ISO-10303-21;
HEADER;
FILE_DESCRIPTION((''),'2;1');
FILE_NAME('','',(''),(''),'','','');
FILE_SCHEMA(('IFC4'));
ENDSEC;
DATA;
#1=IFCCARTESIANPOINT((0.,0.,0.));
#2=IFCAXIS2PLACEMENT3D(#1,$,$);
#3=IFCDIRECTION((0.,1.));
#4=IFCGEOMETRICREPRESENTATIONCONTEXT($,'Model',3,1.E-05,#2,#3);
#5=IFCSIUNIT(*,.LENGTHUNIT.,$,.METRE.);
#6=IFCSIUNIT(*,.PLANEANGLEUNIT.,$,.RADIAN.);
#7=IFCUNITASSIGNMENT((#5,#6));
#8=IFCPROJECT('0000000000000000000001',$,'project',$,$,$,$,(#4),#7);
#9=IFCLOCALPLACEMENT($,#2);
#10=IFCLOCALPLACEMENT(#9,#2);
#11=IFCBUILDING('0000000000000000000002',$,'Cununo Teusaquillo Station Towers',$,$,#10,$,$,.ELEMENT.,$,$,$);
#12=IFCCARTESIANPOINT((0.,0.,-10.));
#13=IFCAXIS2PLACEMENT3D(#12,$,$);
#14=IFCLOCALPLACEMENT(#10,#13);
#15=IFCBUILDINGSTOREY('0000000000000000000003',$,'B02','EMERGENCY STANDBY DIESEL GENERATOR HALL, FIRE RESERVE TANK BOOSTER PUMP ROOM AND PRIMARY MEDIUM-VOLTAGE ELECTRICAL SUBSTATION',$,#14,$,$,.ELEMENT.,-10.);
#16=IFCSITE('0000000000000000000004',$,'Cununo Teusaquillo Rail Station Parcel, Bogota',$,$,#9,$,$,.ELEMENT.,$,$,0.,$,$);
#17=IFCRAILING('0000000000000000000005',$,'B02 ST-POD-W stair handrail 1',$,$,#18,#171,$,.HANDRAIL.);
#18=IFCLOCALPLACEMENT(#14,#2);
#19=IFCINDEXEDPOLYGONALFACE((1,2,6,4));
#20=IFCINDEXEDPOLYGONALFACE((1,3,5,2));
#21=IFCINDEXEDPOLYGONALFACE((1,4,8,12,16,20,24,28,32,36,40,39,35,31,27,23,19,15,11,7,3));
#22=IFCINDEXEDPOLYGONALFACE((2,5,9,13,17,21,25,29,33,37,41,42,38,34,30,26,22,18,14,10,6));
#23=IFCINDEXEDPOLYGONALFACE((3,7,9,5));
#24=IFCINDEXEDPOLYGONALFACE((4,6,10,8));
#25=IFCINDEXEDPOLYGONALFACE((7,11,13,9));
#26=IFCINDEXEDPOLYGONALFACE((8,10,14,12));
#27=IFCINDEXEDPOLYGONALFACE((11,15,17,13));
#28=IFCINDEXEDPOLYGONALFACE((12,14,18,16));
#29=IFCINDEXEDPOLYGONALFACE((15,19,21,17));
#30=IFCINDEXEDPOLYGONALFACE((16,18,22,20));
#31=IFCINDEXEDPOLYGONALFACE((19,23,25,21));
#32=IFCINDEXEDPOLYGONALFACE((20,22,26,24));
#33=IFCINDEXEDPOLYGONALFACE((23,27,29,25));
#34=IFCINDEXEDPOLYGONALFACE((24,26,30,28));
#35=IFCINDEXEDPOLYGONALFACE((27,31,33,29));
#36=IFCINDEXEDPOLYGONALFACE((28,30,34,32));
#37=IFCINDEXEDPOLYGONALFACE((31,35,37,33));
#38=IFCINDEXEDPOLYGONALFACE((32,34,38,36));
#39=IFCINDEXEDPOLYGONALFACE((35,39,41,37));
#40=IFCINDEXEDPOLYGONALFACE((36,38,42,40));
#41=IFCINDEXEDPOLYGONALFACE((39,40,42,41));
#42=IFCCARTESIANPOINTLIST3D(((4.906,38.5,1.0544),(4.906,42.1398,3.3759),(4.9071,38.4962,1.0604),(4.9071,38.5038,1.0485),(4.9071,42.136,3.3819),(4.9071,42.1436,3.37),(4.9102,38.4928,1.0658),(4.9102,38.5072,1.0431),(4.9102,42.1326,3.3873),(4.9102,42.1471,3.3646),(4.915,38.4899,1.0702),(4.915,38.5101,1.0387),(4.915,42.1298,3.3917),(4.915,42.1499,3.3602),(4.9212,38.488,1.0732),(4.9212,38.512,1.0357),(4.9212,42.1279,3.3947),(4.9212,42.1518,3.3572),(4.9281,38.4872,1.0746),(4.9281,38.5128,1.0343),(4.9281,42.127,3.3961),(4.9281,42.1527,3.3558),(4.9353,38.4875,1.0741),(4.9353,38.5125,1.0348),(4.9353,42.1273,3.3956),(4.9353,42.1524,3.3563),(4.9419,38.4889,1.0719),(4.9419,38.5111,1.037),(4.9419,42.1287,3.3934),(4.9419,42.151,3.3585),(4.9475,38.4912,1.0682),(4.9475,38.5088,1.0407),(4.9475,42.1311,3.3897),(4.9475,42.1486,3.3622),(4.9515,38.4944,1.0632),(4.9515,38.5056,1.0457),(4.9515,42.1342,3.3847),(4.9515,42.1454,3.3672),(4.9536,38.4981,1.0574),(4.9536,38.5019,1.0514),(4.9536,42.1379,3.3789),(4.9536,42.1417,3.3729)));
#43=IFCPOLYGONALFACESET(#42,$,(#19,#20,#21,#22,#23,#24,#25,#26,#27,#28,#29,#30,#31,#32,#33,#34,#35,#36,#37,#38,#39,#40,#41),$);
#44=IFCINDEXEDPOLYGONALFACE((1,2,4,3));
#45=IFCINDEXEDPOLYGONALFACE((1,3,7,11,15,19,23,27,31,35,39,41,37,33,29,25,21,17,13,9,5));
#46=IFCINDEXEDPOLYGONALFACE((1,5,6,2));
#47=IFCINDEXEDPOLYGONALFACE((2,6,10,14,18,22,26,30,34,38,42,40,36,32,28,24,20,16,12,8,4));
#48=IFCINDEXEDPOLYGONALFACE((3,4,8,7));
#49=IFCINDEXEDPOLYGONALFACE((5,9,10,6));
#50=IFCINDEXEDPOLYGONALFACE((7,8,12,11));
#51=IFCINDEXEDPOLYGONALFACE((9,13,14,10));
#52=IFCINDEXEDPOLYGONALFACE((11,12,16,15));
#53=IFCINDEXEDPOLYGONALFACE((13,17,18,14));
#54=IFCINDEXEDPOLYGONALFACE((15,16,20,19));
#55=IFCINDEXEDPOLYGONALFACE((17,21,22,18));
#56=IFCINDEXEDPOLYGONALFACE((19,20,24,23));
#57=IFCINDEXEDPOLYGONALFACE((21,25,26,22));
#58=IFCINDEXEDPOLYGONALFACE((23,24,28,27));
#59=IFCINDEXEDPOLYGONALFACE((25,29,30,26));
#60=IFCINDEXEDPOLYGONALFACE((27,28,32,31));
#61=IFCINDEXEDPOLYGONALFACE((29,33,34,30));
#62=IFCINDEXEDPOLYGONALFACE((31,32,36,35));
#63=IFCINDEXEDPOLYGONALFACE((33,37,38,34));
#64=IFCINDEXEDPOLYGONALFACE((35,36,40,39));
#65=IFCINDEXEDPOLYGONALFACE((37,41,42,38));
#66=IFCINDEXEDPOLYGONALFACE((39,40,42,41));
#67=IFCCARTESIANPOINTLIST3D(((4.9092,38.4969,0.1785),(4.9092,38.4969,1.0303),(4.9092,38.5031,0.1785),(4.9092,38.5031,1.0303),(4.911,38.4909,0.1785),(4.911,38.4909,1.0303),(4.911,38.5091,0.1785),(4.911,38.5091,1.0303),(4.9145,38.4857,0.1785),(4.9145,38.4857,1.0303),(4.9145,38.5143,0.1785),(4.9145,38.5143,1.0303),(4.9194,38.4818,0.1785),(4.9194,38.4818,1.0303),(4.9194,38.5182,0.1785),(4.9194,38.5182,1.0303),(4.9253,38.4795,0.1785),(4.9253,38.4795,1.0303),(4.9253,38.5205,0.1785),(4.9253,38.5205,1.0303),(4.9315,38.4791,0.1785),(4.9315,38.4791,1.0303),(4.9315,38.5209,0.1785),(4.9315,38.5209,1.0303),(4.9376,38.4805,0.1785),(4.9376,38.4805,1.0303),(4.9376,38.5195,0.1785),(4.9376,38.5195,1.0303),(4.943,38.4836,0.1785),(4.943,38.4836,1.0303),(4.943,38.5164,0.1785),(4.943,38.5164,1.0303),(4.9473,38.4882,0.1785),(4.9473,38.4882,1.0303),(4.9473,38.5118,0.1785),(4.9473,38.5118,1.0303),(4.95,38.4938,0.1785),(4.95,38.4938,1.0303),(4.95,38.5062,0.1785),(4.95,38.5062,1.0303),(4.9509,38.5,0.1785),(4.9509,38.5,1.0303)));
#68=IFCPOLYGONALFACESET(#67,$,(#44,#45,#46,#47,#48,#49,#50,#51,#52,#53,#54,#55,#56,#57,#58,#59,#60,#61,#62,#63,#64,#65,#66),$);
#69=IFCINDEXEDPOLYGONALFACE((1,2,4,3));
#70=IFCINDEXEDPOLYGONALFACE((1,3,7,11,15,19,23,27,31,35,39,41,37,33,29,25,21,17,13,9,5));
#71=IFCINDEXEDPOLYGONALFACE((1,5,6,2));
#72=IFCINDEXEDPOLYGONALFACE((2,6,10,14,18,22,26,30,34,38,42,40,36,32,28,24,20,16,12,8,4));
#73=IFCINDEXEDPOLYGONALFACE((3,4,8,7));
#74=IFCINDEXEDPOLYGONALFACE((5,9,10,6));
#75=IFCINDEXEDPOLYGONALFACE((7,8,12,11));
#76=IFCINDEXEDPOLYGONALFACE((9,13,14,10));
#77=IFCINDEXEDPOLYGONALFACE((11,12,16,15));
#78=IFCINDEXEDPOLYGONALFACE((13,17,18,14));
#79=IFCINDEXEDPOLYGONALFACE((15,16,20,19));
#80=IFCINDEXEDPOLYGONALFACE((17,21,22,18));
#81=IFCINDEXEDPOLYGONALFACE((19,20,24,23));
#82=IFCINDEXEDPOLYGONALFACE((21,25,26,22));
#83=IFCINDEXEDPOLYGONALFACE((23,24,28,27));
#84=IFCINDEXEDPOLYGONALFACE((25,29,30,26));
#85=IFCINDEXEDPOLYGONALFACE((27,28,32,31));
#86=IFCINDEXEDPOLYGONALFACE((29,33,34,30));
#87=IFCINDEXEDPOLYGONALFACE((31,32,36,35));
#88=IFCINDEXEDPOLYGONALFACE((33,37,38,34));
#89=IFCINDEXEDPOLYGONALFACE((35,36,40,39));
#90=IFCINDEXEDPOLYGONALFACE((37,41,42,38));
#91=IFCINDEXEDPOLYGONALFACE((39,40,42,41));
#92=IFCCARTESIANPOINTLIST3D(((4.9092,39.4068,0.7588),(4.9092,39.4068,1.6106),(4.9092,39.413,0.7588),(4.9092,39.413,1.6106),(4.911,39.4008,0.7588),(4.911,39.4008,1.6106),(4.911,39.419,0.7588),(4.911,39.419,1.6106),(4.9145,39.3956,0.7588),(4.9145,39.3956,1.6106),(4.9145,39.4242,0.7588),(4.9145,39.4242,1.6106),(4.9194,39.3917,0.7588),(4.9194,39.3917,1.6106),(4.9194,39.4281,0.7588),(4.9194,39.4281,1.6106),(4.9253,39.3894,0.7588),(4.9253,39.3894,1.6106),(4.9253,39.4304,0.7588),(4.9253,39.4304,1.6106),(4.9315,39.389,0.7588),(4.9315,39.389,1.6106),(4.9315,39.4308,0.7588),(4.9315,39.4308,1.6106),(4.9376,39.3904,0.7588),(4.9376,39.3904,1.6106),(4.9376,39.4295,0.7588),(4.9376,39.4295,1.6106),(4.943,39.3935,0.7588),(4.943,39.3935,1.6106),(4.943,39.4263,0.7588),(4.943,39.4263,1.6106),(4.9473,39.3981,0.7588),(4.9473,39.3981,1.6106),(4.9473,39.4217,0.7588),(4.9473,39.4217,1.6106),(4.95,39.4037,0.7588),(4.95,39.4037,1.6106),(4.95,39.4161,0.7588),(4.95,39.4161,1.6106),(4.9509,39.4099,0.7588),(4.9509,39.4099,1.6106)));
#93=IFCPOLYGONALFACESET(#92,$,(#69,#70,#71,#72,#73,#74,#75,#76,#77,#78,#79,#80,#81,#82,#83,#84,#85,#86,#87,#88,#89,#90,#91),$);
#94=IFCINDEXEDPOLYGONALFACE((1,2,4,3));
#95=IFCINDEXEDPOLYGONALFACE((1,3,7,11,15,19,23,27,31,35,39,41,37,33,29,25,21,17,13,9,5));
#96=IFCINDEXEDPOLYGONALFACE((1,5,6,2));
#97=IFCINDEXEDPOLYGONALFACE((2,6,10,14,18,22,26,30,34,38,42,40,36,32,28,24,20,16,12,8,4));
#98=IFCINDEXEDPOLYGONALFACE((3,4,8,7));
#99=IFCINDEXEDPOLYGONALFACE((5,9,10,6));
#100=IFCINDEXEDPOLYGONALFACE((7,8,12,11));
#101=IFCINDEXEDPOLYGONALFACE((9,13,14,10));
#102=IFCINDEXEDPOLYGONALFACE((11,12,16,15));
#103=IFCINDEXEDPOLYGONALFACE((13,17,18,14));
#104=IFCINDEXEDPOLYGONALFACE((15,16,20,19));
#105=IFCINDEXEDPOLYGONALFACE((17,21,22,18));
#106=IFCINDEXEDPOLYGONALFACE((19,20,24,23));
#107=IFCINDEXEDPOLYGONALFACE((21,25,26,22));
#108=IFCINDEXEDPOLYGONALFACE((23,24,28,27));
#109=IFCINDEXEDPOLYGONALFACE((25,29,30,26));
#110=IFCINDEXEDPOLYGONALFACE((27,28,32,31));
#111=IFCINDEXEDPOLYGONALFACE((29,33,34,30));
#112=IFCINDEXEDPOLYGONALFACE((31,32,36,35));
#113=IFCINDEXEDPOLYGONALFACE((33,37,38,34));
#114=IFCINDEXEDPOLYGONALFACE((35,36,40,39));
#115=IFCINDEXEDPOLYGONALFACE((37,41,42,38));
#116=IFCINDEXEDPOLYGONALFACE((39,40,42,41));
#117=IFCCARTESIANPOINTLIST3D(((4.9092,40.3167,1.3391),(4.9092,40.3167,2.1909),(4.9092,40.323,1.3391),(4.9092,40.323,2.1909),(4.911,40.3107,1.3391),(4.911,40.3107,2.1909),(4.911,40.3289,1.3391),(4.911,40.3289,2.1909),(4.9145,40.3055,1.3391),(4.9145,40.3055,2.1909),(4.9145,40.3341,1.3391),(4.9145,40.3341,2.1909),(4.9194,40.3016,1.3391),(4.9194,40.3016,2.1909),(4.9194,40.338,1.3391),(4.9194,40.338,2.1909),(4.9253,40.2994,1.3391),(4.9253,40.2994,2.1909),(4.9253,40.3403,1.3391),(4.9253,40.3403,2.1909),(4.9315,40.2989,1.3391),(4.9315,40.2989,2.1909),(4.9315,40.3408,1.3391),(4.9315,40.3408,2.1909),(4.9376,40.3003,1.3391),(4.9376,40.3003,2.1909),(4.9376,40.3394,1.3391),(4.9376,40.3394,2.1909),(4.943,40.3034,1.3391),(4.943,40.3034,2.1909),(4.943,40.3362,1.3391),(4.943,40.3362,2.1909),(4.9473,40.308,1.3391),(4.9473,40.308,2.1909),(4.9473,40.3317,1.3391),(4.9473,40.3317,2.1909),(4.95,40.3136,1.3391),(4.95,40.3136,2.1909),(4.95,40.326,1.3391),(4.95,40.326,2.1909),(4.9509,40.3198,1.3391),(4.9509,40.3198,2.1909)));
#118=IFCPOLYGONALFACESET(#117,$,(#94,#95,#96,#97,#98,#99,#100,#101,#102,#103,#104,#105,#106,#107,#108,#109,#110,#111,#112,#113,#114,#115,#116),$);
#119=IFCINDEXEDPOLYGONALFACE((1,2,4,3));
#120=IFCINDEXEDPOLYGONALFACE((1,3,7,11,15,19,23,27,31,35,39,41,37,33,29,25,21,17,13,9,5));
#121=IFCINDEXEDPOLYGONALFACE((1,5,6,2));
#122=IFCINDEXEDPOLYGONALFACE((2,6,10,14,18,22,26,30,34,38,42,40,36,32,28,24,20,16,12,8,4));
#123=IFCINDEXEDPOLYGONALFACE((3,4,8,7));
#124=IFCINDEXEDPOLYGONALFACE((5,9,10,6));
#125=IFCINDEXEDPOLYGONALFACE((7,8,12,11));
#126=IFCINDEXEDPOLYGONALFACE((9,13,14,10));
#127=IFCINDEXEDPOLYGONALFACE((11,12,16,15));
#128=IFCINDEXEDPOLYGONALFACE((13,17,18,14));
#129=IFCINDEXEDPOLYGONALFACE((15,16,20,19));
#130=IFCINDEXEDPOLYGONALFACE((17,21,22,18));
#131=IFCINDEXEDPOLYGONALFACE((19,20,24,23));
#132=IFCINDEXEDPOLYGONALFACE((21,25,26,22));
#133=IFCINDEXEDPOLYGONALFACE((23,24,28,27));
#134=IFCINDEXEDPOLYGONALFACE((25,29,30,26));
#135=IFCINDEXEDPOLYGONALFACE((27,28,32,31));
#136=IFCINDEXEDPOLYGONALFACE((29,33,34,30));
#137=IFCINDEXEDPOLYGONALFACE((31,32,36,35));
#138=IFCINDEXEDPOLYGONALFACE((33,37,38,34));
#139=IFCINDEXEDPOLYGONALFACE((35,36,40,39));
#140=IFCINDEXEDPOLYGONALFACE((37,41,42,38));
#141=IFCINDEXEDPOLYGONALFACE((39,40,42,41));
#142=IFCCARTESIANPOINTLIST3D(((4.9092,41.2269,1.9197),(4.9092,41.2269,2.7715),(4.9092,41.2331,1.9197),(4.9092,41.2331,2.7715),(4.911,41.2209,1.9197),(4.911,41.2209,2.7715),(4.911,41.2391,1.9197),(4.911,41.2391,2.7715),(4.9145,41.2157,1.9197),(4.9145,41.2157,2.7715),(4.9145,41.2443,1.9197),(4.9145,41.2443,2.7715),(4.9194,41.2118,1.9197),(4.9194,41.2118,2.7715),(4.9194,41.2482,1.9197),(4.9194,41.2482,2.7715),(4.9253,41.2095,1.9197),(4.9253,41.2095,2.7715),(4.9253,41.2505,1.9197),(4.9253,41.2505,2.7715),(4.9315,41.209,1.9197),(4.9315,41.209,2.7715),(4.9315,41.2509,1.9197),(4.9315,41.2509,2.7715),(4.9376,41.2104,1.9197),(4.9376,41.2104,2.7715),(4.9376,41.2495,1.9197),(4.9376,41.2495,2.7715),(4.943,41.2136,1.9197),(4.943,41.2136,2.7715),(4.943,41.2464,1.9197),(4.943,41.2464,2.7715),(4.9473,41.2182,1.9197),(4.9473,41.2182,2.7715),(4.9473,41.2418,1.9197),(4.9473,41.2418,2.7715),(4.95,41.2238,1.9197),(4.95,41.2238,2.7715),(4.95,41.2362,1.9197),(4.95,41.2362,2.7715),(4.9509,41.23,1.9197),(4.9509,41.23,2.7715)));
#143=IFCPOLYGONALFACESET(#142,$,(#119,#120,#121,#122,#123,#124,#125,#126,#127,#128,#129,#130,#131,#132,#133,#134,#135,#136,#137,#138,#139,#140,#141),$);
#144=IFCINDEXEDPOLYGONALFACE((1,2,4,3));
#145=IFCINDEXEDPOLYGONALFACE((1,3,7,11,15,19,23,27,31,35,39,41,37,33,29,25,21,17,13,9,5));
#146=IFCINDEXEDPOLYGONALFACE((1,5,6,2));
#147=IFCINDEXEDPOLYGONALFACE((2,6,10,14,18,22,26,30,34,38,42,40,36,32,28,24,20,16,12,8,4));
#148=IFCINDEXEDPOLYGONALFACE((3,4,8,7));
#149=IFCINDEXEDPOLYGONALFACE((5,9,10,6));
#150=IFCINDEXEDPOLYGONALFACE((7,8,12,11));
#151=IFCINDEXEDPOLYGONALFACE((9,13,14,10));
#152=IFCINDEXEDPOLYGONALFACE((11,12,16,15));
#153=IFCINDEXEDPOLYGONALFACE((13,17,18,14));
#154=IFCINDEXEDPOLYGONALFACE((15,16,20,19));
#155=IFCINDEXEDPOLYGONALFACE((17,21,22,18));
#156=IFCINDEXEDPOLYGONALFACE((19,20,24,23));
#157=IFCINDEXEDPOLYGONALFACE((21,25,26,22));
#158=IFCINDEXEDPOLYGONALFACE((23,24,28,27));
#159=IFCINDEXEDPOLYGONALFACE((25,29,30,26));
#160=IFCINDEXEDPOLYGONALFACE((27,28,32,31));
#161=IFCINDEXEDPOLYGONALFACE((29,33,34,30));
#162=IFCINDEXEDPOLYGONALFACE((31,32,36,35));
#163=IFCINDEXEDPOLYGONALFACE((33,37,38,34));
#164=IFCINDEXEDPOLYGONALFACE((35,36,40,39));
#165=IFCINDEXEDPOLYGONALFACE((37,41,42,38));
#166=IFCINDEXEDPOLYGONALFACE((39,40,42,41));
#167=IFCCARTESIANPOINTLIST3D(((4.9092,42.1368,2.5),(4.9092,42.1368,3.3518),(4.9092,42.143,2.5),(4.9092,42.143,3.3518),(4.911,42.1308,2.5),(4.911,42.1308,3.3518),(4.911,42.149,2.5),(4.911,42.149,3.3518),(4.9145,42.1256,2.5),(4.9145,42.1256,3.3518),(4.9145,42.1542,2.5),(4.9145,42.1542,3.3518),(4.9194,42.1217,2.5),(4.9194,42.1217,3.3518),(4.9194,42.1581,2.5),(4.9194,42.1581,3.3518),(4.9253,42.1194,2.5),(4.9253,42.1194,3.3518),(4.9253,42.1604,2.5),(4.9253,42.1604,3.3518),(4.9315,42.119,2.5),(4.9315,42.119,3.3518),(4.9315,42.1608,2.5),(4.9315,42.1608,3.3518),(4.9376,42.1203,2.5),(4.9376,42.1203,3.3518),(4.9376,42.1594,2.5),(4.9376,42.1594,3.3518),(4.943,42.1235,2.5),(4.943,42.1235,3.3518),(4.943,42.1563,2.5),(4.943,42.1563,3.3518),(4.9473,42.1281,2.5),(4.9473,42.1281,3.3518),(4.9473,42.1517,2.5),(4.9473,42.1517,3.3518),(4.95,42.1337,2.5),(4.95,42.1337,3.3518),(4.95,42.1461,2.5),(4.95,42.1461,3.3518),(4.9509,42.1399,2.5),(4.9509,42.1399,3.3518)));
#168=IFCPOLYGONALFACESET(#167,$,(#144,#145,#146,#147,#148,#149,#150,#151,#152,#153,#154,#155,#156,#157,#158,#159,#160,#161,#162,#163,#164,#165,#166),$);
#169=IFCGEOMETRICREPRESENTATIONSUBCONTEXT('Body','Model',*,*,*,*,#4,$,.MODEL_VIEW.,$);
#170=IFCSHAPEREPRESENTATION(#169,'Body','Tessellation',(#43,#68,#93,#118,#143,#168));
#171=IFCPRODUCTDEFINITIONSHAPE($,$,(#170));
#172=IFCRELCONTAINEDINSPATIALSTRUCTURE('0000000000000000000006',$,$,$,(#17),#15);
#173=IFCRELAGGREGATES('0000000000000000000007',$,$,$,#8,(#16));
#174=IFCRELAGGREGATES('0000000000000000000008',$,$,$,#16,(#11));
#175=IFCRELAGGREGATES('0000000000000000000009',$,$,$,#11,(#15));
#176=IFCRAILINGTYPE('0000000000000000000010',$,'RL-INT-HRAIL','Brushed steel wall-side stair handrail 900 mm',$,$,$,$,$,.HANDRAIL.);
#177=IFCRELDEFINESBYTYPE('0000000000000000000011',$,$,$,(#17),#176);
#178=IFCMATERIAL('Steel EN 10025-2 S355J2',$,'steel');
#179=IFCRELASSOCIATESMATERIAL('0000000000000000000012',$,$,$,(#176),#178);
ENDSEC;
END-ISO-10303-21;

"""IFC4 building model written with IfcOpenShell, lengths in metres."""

from ifc_helpers import new_model, si_unit, direction, frame, origin, origin_2d, place, context, subcontext, project, spatial, circle, extrude, material, type_object, element, save


model = new_model("IFC4")

# Units and contexts
model_context = context("Model", 3, precision=1e-05, world=origin(), true_north=direction((0.0, 1.0)))
body_context = subcontext(model_context, "Body", "Model", "MODEL_VIEW")
ifc_project = project(units=[si_unit("LENGTHUNIT", "METRE"), si_unit("PLANEANGLEUNIT", "RADIAN")], contexts=[model_context])

# Site, building, storey
site_placement = place(None, origin())
site = spatial("IfcSite", under=ifc_project, at=site_placement, Name="Cununo Teusaquillo Rail Station Parcel, Bogota", CompositionType="ELEMENT", RefElevation=0.0)
building_placement = place(site_placement, origin())
building = spatial("IfcBuilding", under=site, at=building_placement, Name="Cununo Teusaquillo Station Towers", CompositionType="ELEMENT")
storey_placement = place(building_placement, frame((0.0, 0.0, -10.0)))
storey = spatial("IfcBuildingStorey", under=building, at=storey_placement, Name="B02", Description="EMERGENCY STANDBY DIESEL GENERATOR HALL, FIRE RESERVE TANK BOOSTER PUMP ROOM AND PRIMARY MEDIUM-VOLTAGE ELECTRICAL SUBSTATION", CompositionType="ELEMENT", Elevation=-10.0)

# Railing
ifc_material_1 = material(Name="Steel EN 10025-2 S355J2", Category="steel")
railing_type_1 = type_object("IfcRailingType", Name="RL-INT-HRAIL", Description="Brushed steel wall-side stair handrail 900 mm", PredefinedType="HANDRAIL", material=ifc_material_1)
railing_1_placement = place(storey_placement, frame((4.9299, 38.5, 0.1785)))
element("IfcRailing", 1, at=railing_1_placement, inside=storey, type_object=railing_type_1, Name="B02 ST-POD-W stair handrail 1", PredefinedType="HANDRAIL", context=body_context, shape_type="SweptSolid", body=[
    extrude(circle(Radius=0.0239, at=origin_2d()), frame((0.0, 0.0, 0.876), z_axis=(0.0, 0.843112, 0.537739), x_axis=(-1.0, 0.0, 0.0)), (0.0, 0.0, 1.0), 4.3171),
    extrude(circle(Radius=0.021, at=origin_2d()), origin(), (0.0, 0.0, 1.0), 0.8518),
    extrude(circle(Radius=0.021, at=origin_2d()), frame((0.0, 0.9099, 0.5803)), (0.0, 0.0, 1.0), 0.8518),
    extrude(circle(Radius=0.021, at=origin_2d()), frame((0.0, 1.8198, 1.1606)), (0.0, 0.0, 1.0), 0.8518),
    extrude(circle(Radius=0.021, at=origin_2d()), frame((0.0, 2.73, 1.7412)), (0.0, 0.0, 1.0), 0.8518),
    extrude(circle(Radius=0.021, at=origin_2d()), frame((0.0, 3.6399, 2.3215)), (0.0, 0.0, 1.0), 0.8518),
])

save(model, "model.ifc")
